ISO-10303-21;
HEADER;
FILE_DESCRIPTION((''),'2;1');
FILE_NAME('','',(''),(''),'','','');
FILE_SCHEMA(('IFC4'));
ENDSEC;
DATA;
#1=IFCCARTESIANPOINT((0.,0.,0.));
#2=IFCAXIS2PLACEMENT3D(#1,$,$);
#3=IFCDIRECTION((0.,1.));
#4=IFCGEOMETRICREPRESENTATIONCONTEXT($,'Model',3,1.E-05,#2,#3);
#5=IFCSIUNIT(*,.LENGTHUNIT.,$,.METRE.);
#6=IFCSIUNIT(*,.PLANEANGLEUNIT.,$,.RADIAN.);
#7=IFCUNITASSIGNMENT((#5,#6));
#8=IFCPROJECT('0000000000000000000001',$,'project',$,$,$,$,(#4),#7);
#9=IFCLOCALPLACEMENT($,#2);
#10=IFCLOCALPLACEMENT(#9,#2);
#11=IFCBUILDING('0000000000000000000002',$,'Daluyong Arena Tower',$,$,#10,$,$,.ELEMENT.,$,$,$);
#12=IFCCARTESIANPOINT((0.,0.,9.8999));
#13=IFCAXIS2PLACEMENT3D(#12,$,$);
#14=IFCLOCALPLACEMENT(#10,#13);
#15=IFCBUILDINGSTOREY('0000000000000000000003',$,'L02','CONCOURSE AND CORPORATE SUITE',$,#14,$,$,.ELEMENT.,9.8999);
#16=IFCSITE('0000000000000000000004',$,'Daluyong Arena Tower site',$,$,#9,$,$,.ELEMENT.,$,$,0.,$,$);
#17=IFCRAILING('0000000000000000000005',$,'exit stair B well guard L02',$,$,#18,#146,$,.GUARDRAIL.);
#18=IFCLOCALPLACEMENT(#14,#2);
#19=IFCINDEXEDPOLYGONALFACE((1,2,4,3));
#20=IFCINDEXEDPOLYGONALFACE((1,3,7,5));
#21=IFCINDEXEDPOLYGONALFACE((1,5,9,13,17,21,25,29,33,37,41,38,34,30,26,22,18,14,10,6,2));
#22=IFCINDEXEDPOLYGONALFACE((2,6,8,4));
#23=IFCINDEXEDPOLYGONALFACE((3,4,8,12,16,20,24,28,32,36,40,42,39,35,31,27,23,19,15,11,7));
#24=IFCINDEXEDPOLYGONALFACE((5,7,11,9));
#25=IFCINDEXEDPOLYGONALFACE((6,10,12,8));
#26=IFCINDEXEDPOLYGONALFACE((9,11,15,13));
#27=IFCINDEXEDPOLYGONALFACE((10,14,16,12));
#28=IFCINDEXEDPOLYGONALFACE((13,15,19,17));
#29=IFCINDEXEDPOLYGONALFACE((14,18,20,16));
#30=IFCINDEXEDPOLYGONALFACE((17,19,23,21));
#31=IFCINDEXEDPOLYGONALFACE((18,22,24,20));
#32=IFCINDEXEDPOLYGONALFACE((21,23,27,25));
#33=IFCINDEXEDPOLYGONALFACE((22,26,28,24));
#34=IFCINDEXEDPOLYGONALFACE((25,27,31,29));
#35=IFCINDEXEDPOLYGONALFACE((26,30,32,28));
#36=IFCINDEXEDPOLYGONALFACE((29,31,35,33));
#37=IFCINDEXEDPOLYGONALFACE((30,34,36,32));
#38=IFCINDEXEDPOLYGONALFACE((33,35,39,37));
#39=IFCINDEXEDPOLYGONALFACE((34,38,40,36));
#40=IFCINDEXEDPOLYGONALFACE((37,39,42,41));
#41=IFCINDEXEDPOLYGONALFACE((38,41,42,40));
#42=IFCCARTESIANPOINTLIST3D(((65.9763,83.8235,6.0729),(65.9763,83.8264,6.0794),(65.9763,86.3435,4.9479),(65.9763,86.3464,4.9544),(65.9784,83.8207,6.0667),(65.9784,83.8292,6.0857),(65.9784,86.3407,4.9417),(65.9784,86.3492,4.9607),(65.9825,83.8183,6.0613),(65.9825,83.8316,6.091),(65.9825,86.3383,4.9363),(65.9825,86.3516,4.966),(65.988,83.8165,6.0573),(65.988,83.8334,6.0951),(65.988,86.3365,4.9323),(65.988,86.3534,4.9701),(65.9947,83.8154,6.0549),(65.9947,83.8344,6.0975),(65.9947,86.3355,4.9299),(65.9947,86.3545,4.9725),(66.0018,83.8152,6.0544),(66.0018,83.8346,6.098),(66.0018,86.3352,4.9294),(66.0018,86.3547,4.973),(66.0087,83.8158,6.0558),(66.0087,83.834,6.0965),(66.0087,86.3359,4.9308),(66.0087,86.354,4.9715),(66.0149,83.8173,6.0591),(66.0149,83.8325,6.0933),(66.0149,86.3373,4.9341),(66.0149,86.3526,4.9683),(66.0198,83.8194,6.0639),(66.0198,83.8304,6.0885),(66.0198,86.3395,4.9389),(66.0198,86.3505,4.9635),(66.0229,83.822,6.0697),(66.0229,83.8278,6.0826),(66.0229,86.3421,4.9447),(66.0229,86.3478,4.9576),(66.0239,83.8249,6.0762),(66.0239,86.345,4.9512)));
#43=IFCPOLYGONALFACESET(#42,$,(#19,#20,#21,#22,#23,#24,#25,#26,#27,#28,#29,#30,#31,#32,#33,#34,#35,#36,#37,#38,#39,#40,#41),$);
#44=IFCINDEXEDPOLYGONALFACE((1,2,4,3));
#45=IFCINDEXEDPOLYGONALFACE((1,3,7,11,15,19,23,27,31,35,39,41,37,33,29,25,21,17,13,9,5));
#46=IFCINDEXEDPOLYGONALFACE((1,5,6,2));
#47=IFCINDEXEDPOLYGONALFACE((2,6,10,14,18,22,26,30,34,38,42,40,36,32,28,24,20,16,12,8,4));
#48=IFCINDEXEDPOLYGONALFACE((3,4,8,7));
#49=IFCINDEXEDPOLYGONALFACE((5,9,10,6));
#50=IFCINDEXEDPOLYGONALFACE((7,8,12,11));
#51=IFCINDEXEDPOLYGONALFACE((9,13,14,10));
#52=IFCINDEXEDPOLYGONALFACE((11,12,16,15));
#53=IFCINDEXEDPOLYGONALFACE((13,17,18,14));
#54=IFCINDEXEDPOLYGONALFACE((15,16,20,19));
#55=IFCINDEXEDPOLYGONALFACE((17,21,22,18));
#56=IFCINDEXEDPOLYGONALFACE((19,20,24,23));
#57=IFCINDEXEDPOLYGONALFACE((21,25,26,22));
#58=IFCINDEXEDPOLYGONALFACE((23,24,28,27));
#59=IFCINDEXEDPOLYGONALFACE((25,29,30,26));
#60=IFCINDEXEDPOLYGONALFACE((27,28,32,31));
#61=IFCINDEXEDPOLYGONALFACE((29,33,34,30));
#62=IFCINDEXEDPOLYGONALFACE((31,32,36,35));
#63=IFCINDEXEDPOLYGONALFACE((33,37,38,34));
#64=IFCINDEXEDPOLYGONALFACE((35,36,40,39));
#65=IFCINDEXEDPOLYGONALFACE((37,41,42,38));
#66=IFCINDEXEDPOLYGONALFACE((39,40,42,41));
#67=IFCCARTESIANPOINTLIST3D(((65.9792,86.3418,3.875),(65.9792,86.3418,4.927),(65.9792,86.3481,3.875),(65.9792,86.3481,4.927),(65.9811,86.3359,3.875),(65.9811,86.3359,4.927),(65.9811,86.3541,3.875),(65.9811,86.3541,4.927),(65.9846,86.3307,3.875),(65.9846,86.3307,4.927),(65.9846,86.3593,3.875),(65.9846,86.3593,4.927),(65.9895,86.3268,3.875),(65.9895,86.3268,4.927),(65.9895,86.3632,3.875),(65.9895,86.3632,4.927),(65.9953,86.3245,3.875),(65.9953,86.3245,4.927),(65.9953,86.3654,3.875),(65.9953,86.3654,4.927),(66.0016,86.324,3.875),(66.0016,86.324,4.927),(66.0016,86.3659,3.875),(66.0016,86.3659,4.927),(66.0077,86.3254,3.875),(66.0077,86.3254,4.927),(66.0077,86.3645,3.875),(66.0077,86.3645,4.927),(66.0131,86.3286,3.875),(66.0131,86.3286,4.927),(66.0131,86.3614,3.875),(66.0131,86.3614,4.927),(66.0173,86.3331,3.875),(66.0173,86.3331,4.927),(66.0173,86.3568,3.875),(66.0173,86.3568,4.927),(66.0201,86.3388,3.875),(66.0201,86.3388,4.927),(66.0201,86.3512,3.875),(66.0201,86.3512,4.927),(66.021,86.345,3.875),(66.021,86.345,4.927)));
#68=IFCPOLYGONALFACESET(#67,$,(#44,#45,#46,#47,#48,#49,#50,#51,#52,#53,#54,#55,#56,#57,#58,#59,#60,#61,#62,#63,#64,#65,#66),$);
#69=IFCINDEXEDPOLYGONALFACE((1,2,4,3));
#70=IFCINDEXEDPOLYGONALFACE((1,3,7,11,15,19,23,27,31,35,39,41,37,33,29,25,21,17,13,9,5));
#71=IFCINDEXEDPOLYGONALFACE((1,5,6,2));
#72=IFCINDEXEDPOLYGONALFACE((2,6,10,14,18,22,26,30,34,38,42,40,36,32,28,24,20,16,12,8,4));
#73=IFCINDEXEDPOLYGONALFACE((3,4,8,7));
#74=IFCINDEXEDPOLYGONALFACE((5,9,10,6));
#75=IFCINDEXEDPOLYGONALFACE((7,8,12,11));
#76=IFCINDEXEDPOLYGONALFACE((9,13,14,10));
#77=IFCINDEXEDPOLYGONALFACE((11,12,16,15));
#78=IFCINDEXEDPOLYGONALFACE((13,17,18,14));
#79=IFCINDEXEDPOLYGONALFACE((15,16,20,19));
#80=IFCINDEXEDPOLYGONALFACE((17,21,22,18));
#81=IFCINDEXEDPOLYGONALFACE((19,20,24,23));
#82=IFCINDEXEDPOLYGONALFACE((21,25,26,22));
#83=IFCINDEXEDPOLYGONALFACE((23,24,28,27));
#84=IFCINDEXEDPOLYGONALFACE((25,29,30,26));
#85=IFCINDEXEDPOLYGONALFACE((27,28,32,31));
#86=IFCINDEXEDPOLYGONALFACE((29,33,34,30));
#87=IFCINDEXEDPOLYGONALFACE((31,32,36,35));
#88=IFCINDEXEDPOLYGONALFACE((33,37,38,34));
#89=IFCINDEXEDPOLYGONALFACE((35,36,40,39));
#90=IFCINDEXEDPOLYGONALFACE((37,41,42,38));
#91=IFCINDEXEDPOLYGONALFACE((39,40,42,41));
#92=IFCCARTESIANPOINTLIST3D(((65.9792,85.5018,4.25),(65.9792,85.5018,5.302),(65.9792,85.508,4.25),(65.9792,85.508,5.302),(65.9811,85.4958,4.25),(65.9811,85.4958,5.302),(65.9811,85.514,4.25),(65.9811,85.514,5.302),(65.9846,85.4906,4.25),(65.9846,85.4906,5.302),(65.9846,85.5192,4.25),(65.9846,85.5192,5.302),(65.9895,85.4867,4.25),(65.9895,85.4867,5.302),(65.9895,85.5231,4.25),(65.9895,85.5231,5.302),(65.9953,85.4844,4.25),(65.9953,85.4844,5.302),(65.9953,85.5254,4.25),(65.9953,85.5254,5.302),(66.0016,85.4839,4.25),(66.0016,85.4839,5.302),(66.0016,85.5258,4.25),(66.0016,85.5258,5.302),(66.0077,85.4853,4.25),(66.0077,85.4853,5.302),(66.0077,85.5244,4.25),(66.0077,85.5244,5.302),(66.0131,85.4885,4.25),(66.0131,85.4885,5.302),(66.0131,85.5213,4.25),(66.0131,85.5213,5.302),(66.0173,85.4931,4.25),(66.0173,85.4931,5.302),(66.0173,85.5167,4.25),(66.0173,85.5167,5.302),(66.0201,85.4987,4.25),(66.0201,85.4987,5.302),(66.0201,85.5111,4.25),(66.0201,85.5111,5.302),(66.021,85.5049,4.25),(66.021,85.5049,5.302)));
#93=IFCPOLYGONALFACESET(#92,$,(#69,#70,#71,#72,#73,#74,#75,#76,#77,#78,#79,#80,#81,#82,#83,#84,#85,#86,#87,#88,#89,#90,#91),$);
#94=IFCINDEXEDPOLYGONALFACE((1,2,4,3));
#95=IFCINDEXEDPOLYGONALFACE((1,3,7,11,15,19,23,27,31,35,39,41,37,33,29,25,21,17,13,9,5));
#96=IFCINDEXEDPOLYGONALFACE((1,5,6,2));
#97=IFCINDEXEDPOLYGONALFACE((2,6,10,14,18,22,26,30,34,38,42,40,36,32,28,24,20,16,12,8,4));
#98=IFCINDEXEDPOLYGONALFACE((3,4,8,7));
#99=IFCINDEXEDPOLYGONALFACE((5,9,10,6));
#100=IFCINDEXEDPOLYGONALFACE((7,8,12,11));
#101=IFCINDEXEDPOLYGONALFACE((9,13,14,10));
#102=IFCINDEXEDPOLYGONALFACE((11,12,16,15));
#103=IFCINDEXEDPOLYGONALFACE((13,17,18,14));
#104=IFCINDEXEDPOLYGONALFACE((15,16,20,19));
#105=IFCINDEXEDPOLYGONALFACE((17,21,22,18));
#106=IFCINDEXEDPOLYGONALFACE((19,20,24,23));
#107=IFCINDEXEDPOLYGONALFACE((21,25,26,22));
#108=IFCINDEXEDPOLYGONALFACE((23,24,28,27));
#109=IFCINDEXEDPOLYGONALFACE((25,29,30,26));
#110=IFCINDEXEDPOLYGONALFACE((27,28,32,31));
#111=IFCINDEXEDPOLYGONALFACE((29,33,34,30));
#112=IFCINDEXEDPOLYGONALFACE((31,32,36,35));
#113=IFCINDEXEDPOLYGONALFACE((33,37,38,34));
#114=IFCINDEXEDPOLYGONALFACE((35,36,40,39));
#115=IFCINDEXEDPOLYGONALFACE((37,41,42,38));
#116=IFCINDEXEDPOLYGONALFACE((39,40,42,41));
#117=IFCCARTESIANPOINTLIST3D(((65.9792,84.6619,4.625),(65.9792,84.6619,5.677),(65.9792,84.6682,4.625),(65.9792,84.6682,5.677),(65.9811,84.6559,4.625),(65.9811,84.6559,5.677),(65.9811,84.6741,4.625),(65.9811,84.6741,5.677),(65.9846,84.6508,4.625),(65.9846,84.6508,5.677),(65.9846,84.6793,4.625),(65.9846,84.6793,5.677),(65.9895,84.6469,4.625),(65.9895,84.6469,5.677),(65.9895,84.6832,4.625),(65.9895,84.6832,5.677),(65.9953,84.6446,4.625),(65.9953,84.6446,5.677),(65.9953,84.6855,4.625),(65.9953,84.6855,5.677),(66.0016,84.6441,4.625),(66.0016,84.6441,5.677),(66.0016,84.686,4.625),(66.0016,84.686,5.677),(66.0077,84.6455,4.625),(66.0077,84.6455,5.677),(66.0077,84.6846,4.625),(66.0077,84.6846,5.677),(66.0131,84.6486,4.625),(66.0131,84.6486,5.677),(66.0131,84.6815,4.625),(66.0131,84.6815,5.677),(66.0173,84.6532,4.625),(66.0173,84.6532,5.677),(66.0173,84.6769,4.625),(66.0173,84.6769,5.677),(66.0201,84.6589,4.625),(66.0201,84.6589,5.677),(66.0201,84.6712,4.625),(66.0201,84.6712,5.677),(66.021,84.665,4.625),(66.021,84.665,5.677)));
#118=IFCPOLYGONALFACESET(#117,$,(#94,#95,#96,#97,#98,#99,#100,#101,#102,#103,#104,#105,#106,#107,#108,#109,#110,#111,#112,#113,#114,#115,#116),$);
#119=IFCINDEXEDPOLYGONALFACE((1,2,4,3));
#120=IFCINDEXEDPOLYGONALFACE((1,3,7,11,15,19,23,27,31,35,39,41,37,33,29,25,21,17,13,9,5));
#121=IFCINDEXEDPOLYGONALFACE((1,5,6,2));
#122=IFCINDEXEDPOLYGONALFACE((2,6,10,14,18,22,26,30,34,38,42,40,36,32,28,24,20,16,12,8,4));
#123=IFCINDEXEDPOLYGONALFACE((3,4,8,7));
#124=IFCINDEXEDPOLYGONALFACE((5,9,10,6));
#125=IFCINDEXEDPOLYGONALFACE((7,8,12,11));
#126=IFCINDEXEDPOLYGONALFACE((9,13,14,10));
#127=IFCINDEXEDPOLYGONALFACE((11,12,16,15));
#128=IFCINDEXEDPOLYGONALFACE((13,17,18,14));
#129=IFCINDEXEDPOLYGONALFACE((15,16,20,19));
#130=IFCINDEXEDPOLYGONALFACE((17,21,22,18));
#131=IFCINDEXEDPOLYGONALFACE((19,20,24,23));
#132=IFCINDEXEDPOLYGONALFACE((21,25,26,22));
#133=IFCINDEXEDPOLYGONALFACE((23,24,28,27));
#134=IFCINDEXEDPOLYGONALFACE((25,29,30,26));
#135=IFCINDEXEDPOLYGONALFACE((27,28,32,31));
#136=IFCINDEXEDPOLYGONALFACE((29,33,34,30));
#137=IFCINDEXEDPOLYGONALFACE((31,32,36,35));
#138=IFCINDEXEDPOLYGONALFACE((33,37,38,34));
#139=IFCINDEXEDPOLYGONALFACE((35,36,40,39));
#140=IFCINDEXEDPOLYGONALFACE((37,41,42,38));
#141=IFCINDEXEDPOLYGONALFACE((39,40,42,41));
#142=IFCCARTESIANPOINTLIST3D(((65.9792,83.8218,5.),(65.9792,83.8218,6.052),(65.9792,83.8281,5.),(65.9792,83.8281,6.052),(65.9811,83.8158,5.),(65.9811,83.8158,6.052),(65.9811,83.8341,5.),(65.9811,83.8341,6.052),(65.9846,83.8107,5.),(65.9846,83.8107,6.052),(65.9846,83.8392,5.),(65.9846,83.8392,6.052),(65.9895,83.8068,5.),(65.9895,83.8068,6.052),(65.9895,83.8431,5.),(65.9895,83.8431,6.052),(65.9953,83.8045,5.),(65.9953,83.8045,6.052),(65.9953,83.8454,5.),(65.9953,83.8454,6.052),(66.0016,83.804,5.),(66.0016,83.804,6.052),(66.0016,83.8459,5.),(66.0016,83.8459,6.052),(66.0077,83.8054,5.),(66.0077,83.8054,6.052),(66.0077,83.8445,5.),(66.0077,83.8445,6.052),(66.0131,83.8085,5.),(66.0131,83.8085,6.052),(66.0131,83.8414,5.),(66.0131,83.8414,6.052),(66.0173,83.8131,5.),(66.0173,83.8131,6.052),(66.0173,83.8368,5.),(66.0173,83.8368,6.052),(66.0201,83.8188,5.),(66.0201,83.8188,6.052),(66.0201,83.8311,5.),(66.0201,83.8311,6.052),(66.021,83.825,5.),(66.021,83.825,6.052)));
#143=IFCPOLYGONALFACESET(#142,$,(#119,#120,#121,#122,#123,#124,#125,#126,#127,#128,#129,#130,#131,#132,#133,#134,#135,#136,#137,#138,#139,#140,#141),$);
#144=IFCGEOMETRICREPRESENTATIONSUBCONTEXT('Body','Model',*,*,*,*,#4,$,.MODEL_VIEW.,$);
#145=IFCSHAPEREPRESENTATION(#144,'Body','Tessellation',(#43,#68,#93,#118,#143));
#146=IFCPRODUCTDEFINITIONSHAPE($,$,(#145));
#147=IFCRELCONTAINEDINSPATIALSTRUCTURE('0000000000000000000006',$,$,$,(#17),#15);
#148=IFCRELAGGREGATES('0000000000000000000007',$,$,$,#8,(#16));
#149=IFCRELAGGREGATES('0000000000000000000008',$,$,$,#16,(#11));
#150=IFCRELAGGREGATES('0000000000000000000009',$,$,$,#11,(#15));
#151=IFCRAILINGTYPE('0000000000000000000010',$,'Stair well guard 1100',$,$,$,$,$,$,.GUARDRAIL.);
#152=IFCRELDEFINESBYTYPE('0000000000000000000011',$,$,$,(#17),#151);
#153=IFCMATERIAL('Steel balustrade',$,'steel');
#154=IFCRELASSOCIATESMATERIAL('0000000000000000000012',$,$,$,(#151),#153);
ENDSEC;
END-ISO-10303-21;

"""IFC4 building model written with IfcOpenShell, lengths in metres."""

from ifc_helpers import new_model, si_unit, direction, frame, origin, origin_2d, place, context, subcontext, project, spatial, circle, extrude, material, type_object, element, save


model = new_model("IFC4")

# Units and contexts
model_context = context("Model", 3, precision=1e-05, world=origin(), true_north=direction((0.0, 1.0)))
body_context = subcontext(model_context, "Body", "Model", "MODEL_VIEW")
ifc_project = project(units=[si_unit("LENGTHUNIT", "METRE"), si_unit("PLANEANGLEUNIT", "RADIAN")], contexts=[model_context])

# Site, building, storey
site_placement = place(None, origin())
site = spatial("IfcSite", under=ifc_project, at=site_placement, Name="Daluyong Arena Tower site", CompositionType="ELEMENT", RefElevation=0.0)
building_placement = place(site_placement, origin())
building = spatial("IfcBuilding", under=site, at=building_placement, Name="Daluyong Arena Tower", CompositionType="ELEMENT")
storey_placement = place(building_placement, frame((0.0, 0.0, 9.8999)))
storey = spatial("IfcBuildingStorey", under=building, at=storey_placement, Name="L02", Description="CONCOURSE AND CORPORATE SUITE", CompositionType="ELEMENT", Elevation=9.8999)

# Railing
ifc_material_1 = material(Name="Steel balustrade", Category="steel")
railing_type_1 = type_object("IfcRailingType", Name="Stair well guard 1100", PredefinedType="GUARDRAIL", material=ifc_material_1)
for number, where, name in (
    (1, (66.0, 86.345, 3.875), "exit stair B well guard L02"),
):
    element("IfcRailing", number, at=place(storey_placement, frame(where)), inside=storey, type_object=railing_type_1, Name=name, PredefinedType="GUARDRAIL", context=body_context, shape_type="SweptSolid", body=[
        extrude(circle(Radius=0.0239, at=origin_2d()), frame((0.0, 0.0, 1.0762), z_axis=(0.0, -0.913139, 0.407648), x_axis=(1.0, 0.0, 0.0)), (0.0, 0.0, 1.0), 2.7598),
        extrude(circle(Radius=0.021, at=origin_2d()), origin(), (0.0, 0.0, 1.0), 1.052),
        extrude(circle(Radius=0.021, at=origin_2d()), frame((0.0, -0.8401, 0.375)), (0.0, 0.0, 1.0), 1.052),
        extrude(circle(Radius=0.021, at=origin_2d()), frame((0.0, -1.6799, 0.75)), (0.0, 0.0, 1.0), 1.052),
        extrude(circle(Radius=0.021, at=origin_2d()), frame((0.0, -2.52, 1.125)), (0.0, 0.0, 1.0), 1.052),
    ])

save(model, "model.ifc")
